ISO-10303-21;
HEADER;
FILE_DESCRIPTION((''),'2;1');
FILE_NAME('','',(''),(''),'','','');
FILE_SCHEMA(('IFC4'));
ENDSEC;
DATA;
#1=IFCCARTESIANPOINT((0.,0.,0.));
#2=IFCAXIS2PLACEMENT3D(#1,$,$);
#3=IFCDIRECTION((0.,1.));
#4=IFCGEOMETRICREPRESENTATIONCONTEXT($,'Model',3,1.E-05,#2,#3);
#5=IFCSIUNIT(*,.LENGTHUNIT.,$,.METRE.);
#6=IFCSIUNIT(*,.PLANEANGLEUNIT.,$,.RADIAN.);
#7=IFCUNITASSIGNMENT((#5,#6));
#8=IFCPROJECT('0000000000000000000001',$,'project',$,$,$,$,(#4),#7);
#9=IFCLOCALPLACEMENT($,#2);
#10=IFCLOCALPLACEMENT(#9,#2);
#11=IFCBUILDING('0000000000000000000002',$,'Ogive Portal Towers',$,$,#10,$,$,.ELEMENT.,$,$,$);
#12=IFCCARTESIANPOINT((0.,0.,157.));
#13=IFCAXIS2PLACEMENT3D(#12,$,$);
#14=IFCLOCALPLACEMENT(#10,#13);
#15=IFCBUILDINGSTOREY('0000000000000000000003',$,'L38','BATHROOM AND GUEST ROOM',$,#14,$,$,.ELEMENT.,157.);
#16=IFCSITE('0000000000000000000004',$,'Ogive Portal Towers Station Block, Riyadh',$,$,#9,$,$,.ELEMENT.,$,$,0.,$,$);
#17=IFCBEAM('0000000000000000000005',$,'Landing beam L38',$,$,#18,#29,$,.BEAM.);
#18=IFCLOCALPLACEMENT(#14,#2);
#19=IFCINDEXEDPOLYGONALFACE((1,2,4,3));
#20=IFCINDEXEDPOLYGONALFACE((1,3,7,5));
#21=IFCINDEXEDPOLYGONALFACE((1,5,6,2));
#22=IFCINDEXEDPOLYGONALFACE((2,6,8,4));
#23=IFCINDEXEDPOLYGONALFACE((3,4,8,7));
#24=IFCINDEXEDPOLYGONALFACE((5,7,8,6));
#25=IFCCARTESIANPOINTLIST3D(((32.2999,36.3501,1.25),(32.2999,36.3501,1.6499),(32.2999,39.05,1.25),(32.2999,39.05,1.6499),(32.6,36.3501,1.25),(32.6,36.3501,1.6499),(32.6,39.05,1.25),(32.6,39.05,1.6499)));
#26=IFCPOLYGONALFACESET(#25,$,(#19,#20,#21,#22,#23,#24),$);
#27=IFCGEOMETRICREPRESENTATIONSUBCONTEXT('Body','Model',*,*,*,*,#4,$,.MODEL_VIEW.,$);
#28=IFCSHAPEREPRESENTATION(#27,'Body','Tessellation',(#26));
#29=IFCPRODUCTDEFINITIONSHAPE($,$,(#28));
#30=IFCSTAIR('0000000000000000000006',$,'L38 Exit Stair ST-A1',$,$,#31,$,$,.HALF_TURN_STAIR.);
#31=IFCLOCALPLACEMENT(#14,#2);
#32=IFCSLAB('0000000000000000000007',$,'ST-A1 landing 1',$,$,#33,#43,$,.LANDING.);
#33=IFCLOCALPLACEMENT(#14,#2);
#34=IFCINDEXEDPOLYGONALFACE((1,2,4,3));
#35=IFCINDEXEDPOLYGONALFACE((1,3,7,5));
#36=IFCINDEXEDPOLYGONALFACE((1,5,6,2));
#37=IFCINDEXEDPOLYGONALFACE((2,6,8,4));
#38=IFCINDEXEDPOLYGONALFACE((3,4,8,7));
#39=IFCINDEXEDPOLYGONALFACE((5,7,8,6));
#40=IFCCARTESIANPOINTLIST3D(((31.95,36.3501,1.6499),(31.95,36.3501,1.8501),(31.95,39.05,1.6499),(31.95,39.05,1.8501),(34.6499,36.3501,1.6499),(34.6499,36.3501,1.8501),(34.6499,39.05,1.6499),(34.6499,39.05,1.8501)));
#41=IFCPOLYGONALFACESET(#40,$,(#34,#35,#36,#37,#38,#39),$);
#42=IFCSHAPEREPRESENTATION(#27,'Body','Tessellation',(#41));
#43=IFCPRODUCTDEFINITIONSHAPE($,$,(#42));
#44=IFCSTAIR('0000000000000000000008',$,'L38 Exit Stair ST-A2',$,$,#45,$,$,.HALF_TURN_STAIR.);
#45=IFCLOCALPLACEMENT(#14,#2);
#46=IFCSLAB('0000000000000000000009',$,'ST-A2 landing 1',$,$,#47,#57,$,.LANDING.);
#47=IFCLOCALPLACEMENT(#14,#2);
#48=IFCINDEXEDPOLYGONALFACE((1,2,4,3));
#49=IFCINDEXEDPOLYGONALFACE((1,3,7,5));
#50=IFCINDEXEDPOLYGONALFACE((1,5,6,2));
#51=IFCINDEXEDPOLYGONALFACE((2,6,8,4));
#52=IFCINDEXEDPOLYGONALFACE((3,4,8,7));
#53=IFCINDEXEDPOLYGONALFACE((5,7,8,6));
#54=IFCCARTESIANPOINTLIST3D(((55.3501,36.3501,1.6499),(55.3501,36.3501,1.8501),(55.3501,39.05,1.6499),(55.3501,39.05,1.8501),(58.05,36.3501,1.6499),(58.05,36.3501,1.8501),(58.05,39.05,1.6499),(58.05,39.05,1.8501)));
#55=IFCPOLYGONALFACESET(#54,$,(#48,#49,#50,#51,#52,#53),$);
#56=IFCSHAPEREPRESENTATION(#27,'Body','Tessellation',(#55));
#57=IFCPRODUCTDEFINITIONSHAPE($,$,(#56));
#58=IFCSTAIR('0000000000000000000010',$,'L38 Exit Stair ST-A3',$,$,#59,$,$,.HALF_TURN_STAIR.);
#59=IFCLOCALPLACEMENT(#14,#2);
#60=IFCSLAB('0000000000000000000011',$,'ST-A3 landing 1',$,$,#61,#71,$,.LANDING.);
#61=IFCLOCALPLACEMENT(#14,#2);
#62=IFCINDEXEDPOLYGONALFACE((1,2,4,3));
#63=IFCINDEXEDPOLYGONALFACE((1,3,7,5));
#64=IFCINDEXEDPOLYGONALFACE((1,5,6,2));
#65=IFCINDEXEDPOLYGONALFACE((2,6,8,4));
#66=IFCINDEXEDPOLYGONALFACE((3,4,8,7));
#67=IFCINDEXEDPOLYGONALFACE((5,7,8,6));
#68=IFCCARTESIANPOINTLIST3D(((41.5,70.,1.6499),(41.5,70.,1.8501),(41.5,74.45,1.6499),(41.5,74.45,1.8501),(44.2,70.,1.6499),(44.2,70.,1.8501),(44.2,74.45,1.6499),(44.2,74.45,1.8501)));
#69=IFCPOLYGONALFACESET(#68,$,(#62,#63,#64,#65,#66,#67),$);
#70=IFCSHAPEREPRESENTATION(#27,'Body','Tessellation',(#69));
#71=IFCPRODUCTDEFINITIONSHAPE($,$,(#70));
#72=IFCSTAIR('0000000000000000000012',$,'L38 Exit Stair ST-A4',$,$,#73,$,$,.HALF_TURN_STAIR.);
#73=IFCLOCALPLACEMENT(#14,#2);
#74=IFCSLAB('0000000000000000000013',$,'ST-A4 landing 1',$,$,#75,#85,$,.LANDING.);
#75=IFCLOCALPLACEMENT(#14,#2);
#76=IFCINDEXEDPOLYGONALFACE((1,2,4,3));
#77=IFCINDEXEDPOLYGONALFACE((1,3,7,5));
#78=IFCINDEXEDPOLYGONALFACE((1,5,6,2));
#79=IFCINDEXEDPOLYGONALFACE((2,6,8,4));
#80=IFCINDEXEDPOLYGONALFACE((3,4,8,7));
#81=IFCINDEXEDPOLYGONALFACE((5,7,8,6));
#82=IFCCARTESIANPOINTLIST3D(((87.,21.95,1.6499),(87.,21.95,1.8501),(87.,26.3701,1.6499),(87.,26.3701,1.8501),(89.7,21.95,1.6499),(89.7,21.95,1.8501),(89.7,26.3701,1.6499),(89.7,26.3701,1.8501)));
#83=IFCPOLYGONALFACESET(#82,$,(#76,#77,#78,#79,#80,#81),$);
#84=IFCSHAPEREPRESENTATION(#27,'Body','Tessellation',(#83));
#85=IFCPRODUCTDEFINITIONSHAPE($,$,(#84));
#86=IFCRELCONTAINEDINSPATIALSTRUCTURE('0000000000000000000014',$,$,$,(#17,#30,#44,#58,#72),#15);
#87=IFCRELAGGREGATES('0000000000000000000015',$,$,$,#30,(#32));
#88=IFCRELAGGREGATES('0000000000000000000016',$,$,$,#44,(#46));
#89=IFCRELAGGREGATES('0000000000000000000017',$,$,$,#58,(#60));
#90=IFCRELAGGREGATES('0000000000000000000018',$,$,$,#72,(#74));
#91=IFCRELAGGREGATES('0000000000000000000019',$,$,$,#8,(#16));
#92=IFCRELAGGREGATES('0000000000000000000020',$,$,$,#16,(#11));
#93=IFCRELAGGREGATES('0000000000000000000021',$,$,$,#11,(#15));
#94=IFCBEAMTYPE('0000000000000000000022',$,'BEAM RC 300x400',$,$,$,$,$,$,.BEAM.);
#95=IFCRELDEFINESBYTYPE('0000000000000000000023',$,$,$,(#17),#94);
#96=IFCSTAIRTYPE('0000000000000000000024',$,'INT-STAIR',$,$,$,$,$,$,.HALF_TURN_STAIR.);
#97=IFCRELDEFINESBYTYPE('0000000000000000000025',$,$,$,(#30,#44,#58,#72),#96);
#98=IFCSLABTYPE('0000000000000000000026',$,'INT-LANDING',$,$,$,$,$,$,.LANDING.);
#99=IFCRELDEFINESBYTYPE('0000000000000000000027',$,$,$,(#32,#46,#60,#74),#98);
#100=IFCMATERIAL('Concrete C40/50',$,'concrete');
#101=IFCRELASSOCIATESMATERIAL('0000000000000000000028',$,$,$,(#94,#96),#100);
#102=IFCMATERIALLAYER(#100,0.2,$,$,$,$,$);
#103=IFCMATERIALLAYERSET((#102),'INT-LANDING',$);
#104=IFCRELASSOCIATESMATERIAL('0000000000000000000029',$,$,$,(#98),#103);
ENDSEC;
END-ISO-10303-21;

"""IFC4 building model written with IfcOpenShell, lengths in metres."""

from ifc_helpers import new_model, si_unit, direction, frame, origin, origin_2d, place, context, subcontext, project, spatial, polyline, rectangle, outline, extrude, material, layer, layer_set, material_profile, profile_set, type_object, element, aggregate, save


model = new_model("IFC4")

# Units and contexts
model_context = context("Model", 3, precision=1e-05, world=origin(), true_north=direction((0.0, 1.0)))
body_context = subcontext(model_context, "Body", "Model", "MODEL_VIEW")
ifc_project = project(units=[si_unit("LENGTHUNIT", "METRE"), si_unit("PLANEANGLEUNIT", "RADIAN")], contexts=[model_context])

# Site, building, storey
site_placement = place(None, origin())
site = spatial("IfcSite", under=ifc_project, at=site_placement, Name="Ogive Portal Towers Station Block, Riyadh", CompositionType="ELEMENT", RefElevation=0.0)
building_placement = place(site_placement, origin())
building = spatial("IfcBuilding", under=site, at=building_placement, Name="Ogive Portal Towers", CompositionType="ELEMENT")
storey_placement = place(building_placement, frame((0.0, 0.0, 157.0)))
storey = spatial("IfcBuildingStorey", under=building, at=storey_placement, Name="L38", Description="BATHROOM AND GUEST ROOM", CompositionType="ELEMENT", Elevation=157.0)

# Beam
ifc_material_1 = material(Name="Concrete C40/50", Category="concrete")
ifc_material_profile = material_profile(ifc_material_1, rectangle(XDim=0.3, YDim=0.3999, at=origin_2d()), Name="RC 300x400")
ifc_profile_set = profile_set([ifc_material_profile], Name="Concrete C40/50")
beam_type = type_object("IfcBeamType", Name="BEAM RC 300x400", PredefinedType="BEAM", material=ifc_profile_set)
beam_placement = place(storey_placement, frame((32.45, 36.3501, 1.45), z_axis=(0.0, 1.0, 0.0), x_axis=(-1.0, 0.0, 0.0)))
element("IfcBeam", 1, at=beam_placement, inside=storey, type_object=beam_type, Name="Landing beam L38", PredefinedType="BEAM", context=body_context, shape_type="SweptSolid", body=[
    extrude(rectangle(XDim=0.3, YDim=0.3999, at=origin_2d()), origin(), (0.0, 0.0, 1.0), 2.7),
])

# Stairs, slabs
stair_type = type_object("IfcStairType", Name="INT-STAIR", PredefinedType="HALF_TURN_STAIR", material=ifc_material_1)
stair_1_placement = place(storey_placement, origin())
stair_1 = element("IfcStair", 2, at=stair_1_placement, inside=storey, type_object=stair_type, Name="L38 Exit Stair ST-A1", PredefinedType="HALF_TURN_STAIR")
ifc_layer_1 = layer(ifc_material_1, 0.2)
ifc_layer_set_1 = layer_set([ifc_layer_1], Name="INT-LANDING")
slab_type_1 = type_object("IfcSlabType", Name="INT-LANDING", PredefinedType="LANDING", material=ifc_layer_set_1)
slab_1_placement = place(storey_placement, frame((0.0, 0.0, 1.6499)))
slab_1 = element("IfcSlab", 3, at=slab_1_placement, type_object=slab_type_1, Name="ST-A1 landing 1", PredefinedType="LANDING", context=body_context, shape_type="SweptSolid", body=[
    extrude(outline(polyline([(34.6499, 39.05), (31.95, 39.05), (31.95, 36.3501), (34.6499, 36.3501), (34.6499, 39.05)])), origin(), (0.0, 0.0, 1.0), 0.2002),
])
aggregate(stair_1, [slab_1])
stair_2_placement = place(storey_placement, origin())
stair_2 = element("IfcStair", 4, at=stair_2_placement, inside=storey, type_object=stair_type, Name="L38 Exit Stair ST-A2", PredefinedType="HALF_TURN_STAIR")
slab_2_placement = place(storey_placement, frame((0.0, 0.0, 1.6499)))
slab_2 = element("IfcSlab", 5, at=slab_2_placement, type_object=slab_type_1, Name="ST-A2 landing 1", PredefinedType="LANDING", context=body_context, shape_type="SweptSolid", body=[
    extrude(outline(polyline([(55.3501, 36.3501), (58.05, 36.3501), (58.05, 39.05), (55.3501, 39.05), (55.3501, 36.3501)])), origin(), (0.0, 0.0, 1.0), 0.2002),
])
aggregate(stair_2, [slab_2])
stair_3_placement = place(storey_placement, origin())
stair_3 = element("IfcStair", 6, at=stair_3_placement, inside=storey, type_object=stair_type, Name="L38 Exit Stair ST-A3", PredefinedType="HALF_TURN_STAIR")
slab_3_placement = place(storey_placement, frame((0.0, 0.0, 1.6499)))
slab_3 = element("IfcSlab", 7, at=slab_3_placement, type_object=slab_type_1, Name="ST-A3 landing 1", PredefinedType="LANDING", context=body_context, shape_type="SweptSolid", body=[
    extrude(outline(polyline([(44.2, 70.0), (44.2, 74.45), (41.5, 74.45), (41.5, 70.0), (44.2, 70.0)])), origin(), (0.0, 0.0, 1.0), 0.2002),
])
aggregate(stair_3, [slab_3])
stair_4_placement = place(storey_placement, origin())
stair_4 = element("IfcStair", 8, at=stair_4_placement, inside=storey, type_object=stair_type, Name="L38 Exit Stair ST-A4", PredefinedType="HALF_TURN_STAIR")
slab_4_placement = place(storey_placement, frame((0.0, 0.0, 1.6499)))
slab_4 = element("IfcSlab", 9, at=slab_4_placement, type_object=slab_type_1, Name="ST-A4 landing 1", PredefinedType="LANDING", context=body_context, shape_type="SweptSolid", body=[
    extrude(outline(polyline([(87.0, 26.3701), (87.0, 21.95), (89.7, 21.95), (89.7, 26.3701), (87.0, 26.3701)])), origin(), (0.0, 0.0, 1.0), 0.2002),
])
aggregate(stair_4, [slab_4])

save(model, "model.ifc")
